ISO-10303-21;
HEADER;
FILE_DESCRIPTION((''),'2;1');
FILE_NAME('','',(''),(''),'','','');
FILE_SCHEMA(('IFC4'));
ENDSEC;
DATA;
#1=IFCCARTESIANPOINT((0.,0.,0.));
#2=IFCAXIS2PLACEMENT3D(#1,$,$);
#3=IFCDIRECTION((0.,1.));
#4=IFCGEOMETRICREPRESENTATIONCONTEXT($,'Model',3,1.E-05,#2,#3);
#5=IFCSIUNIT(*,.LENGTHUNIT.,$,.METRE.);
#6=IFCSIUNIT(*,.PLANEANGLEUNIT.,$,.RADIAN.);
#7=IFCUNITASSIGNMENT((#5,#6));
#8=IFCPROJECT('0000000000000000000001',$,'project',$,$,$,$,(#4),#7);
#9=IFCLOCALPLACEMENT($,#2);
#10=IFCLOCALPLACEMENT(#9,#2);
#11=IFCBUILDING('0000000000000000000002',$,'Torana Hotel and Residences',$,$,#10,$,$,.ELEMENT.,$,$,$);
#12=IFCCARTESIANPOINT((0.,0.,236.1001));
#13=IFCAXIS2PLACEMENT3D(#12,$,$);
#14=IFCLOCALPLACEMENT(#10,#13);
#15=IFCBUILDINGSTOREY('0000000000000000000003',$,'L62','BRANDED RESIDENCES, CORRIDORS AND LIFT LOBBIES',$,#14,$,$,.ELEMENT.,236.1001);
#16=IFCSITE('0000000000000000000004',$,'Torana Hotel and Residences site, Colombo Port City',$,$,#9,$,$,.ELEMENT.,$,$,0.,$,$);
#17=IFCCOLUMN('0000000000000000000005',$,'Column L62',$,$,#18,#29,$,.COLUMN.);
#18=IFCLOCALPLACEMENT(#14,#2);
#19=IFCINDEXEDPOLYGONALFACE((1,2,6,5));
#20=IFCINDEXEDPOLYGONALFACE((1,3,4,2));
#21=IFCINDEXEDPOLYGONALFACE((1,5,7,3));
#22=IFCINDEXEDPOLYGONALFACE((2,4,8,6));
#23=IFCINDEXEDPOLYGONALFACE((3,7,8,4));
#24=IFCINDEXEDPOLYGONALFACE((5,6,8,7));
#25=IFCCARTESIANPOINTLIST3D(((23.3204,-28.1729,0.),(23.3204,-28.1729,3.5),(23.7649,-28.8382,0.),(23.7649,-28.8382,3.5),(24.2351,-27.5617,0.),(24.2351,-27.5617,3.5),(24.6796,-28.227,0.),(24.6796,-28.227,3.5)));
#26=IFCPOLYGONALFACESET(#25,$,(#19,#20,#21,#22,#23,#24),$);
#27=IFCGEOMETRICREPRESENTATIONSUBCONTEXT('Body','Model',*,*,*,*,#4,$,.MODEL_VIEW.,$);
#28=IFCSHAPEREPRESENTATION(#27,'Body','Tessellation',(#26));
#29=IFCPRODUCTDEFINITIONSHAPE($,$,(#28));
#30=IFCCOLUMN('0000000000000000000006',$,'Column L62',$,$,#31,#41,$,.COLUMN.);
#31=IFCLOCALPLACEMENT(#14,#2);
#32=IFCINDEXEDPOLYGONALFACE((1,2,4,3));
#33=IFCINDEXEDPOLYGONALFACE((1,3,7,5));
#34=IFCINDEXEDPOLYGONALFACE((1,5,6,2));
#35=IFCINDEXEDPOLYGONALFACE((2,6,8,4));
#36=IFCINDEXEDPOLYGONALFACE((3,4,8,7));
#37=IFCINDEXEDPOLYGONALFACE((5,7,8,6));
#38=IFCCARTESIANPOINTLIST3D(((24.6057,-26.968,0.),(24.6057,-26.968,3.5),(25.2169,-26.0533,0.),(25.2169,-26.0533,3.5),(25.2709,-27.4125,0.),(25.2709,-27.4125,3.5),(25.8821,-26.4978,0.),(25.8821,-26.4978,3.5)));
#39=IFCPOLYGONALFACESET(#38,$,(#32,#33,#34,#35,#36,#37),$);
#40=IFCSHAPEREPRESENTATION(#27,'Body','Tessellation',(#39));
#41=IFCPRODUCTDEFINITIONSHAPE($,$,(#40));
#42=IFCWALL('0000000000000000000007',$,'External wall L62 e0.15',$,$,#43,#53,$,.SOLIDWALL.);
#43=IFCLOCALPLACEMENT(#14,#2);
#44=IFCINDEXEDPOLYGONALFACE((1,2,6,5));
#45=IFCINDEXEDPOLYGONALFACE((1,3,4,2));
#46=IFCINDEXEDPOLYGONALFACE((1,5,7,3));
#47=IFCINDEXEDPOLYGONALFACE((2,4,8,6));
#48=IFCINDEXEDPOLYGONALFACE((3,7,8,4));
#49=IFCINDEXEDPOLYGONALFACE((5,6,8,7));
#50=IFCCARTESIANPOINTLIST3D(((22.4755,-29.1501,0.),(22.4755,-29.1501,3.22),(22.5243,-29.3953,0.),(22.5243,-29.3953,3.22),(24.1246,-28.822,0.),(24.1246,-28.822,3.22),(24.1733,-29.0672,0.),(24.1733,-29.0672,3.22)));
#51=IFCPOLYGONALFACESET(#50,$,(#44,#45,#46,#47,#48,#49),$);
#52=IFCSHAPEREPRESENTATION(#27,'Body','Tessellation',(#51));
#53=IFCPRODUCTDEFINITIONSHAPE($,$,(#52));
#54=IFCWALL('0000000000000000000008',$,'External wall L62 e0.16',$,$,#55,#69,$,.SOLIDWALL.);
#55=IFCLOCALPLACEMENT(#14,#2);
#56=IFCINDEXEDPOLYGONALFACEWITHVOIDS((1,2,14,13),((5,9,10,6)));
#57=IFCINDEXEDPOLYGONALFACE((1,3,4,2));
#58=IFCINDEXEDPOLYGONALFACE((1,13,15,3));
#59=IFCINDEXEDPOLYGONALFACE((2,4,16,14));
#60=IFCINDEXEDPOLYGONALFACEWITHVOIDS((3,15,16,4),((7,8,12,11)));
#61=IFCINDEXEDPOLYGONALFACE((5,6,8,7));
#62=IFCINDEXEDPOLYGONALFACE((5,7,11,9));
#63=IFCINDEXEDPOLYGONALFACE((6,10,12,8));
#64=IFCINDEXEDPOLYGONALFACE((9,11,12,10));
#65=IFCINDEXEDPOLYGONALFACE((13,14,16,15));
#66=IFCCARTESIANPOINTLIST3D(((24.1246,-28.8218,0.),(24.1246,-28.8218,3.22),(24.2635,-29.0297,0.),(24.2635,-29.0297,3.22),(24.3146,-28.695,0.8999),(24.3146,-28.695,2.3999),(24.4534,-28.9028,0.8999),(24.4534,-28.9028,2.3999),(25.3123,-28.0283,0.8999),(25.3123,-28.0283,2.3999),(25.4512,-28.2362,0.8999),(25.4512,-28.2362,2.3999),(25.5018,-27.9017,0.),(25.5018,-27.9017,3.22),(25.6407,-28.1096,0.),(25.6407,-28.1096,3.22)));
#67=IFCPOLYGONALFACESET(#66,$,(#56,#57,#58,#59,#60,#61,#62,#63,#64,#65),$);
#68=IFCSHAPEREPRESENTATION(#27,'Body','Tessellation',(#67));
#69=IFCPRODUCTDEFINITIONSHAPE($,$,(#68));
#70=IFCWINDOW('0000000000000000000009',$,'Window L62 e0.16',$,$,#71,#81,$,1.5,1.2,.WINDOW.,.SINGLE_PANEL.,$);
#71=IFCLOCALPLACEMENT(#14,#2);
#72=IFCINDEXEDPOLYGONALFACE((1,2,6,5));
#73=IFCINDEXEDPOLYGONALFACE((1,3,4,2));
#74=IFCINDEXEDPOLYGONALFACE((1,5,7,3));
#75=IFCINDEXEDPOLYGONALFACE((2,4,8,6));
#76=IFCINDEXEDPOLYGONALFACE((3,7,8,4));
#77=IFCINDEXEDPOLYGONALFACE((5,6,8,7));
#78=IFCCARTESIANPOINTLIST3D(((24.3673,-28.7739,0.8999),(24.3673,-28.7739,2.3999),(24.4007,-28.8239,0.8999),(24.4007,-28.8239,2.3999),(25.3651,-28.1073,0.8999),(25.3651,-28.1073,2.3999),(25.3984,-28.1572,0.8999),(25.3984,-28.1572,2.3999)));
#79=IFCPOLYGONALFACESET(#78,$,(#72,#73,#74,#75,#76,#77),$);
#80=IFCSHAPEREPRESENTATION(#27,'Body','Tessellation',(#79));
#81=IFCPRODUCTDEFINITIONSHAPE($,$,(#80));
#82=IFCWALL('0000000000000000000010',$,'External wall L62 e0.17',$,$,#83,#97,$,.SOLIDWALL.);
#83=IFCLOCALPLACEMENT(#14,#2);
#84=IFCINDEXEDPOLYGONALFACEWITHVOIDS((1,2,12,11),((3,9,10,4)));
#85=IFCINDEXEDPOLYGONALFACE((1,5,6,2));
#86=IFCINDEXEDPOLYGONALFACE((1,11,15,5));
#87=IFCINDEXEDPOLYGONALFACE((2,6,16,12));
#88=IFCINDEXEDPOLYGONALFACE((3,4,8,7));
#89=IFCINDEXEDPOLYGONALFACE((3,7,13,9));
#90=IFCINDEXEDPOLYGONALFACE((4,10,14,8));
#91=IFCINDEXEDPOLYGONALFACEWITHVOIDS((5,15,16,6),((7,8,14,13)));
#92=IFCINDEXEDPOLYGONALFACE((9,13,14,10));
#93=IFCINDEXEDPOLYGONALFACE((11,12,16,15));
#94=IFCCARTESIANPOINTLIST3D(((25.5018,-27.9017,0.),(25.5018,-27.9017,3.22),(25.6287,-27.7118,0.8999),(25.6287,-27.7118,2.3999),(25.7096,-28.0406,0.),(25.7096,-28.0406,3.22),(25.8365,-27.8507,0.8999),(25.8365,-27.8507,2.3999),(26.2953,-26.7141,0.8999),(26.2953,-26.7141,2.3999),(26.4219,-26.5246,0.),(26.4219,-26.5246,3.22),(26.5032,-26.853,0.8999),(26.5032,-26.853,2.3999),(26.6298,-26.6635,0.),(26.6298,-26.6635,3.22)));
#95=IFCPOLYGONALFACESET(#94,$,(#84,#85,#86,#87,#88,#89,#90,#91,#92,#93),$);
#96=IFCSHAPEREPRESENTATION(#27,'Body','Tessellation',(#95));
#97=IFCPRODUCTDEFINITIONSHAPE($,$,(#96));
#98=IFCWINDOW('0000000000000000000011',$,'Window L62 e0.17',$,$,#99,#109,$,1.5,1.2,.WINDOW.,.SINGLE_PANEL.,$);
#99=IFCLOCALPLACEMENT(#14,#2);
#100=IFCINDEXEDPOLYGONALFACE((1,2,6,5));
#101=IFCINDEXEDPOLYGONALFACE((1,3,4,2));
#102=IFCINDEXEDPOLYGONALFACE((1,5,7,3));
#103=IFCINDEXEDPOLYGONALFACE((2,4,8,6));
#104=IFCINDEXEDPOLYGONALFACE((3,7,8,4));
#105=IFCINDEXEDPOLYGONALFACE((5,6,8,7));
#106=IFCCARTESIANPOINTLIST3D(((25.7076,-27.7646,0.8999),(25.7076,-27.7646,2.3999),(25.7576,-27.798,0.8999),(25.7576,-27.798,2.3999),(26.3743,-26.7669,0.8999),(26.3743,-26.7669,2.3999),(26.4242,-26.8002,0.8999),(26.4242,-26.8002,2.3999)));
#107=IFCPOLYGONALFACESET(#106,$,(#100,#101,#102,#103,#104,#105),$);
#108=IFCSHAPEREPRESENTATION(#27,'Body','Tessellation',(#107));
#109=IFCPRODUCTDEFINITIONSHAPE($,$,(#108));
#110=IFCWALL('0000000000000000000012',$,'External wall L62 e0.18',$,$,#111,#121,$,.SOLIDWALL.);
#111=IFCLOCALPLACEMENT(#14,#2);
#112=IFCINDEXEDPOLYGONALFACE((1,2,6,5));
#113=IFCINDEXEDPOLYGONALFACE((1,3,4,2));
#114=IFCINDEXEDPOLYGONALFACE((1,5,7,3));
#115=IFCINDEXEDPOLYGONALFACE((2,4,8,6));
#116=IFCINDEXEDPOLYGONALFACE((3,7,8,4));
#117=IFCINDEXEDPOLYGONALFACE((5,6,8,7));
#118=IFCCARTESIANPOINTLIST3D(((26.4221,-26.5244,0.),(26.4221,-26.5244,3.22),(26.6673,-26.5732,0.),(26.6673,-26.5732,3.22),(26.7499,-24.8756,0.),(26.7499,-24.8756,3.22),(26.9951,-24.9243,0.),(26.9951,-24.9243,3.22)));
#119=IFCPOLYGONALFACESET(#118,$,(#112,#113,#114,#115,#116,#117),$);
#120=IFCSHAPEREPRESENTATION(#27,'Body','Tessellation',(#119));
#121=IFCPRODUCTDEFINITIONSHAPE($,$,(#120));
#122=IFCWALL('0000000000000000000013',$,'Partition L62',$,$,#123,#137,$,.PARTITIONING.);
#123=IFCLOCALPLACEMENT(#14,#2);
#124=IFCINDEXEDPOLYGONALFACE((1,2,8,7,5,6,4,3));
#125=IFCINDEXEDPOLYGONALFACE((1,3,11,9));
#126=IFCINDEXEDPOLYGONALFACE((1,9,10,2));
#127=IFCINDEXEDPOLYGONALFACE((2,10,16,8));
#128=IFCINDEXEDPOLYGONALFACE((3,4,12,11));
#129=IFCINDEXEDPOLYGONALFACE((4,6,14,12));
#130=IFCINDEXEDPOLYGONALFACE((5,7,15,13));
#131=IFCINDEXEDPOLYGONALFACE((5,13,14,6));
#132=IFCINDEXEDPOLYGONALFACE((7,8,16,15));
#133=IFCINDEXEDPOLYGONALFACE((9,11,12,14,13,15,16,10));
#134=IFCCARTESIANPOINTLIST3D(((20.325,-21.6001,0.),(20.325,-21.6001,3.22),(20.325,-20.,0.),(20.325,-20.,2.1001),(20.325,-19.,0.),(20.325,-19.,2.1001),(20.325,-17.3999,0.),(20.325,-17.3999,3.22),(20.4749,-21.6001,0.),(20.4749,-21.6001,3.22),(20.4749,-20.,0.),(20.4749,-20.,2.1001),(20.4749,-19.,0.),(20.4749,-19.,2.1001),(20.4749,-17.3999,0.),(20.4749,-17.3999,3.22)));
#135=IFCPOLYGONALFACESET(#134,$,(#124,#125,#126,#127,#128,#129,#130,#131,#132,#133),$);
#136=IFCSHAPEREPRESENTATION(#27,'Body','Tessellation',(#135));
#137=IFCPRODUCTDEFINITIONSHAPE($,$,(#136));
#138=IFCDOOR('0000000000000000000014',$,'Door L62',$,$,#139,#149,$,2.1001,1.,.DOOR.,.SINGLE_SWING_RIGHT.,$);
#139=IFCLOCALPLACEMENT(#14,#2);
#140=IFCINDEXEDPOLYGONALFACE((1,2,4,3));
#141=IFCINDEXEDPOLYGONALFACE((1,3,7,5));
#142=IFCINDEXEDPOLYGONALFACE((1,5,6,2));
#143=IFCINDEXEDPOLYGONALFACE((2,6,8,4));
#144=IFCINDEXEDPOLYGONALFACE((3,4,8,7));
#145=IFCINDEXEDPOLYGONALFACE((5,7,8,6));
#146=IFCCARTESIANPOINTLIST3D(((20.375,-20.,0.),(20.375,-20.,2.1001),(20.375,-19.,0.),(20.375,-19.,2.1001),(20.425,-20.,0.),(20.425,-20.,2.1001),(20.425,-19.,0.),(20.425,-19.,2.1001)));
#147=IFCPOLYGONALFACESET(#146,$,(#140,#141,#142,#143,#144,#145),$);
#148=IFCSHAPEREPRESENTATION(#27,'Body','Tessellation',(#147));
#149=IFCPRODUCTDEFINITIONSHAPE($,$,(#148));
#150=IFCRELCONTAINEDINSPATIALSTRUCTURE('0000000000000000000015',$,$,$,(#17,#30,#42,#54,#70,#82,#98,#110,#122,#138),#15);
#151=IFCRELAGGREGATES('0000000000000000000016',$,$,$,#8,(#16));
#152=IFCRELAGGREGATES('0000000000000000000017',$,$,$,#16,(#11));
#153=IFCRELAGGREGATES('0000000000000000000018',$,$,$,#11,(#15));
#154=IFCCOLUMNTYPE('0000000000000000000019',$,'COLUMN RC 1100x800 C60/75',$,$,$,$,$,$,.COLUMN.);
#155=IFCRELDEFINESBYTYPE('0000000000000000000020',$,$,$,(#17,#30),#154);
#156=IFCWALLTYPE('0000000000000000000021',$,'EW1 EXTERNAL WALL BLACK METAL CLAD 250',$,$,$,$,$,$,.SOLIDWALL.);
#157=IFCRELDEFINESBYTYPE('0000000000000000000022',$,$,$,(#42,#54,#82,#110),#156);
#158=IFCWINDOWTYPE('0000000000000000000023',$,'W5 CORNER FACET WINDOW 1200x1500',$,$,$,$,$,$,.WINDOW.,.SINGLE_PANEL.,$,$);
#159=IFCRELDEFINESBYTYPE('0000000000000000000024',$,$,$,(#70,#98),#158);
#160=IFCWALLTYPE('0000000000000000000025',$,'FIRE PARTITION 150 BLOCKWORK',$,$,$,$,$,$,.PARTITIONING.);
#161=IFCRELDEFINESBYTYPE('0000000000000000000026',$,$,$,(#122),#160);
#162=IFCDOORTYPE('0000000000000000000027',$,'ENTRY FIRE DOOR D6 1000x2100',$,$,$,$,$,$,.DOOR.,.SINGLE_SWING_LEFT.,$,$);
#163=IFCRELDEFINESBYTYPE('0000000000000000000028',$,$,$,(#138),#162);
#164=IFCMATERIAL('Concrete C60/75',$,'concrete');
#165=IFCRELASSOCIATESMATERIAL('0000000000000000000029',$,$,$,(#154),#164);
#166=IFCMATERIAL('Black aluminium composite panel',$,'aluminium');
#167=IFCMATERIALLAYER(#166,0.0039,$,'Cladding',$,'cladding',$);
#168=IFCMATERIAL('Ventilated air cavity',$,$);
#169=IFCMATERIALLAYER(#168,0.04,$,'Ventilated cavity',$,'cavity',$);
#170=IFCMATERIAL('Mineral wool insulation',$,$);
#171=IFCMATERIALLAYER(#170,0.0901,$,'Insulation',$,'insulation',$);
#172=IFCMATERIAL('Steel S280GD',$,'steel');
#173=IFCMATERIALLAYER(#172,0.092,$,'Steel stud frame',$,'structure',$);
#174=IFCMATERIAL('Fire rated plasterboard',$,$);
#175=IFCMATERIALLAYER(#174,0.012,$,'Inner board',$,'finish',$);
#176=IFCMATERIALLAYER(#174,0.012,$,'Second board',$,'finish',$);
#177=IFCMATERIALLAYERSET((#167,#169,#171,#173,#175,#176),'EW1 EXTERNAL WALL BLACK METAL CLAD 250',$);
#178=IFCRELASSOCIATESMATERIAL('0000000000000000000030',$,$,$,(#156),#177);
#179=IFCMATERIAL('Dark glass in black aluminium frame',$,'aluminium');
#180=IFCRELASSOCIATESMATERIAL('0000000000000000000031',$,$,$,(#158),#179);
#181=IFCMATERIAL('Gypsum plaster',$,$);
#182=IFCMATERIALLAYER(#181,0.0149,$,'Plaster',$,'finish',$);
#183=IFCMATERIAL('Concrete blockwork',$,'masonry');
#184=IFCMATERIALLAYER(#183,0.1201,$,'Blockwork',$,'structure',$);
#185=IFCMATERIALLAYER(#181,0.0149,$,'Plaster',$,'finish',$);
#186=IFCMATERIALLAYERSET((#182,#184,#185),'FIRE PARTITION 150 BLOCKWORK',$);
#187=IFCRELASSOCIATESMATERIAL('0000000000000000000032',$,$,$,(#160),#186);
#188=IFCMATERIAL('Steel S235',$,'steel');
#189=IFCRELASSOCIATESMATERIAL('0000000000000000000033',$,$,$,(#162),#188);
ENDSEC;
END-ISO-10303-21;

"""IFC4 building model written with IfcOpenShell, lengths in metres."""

from ifc_helpers import new_model, si_unit, direction, frame, frame_2d, origin, origin_2d, place, context, subcontext, project, spatial, rectangle, extrude, material, layer, layer_set, material_profile, profile_set, type_object, element, fill, save


model = new_model("IFC4")

# Units and contexts
model_context = context("Model", 3, precision=1e-05, world=origin(), true_north=direction((0.0, 1.0)))
body_context = subcontext(model_context, "Body", "Model", "MODEL_VIEW")
ifc_project = project(units=[si_unit("LENGTHUNIT", "METRE"), si_unit("PLANEANGLEUNIT", "RADIAN")], contexts=[model_context])

# Site, building, storey
site_placement = place(None, origin())
site = spatial("IfcSite", under=ifc_project, at=site_placement, Name="Torana Hotel and Residences site, Colombo Port City", CompositionType="ELEMENT", RefElevation=0.0)
building_placement = place(site_placement, origin())
building = spatial("IfcBuilding", under=site, at=building_placement, Name="Torana Hotel and Residences", CompositionType="ELEMENT")
storey_placement = place(building_placement, frame((0.0, 0.0, 236.1001)))
storey = spatial("IfcBuildingStorey", under=building, at=storey_placement, Name="L62", Description="BRANDED RESIDENCES, CORRIDORS AND LIFT LOBBIES", CompositionType="ELEMENT", Elevation=236.1001)

# Columns
ifc_material_1 = material(Name="Concrete C60/75", Category="concrete")
ifc_material_profile = material_profile(ifc_material_1, rectangle(XDim=1.1001, YDim=0.8, at=origin_2d()), Name="RC 1100x800")
ifc_profile_set = profile_set([ifc_material_profile], Name="Concrete C60/75")
column_type = type_object("IfcColumnType", Name="COLUMN RC 1100x800 C60/75", PredefinedType="COLUMN", material=ifc_profile_set)
for number, where, z_axis, x_axis, name in (
    (1, (24.0, -28.2, 0.0), (0.0, 0.0, 1.0), (0.83146, 0.555585, 0.0), "Column L62"),
    (2, (25.2439, -26.7329, 0.0), (0.0, 0.0, 1.0), (0.555585, 0.83146, 0.0), "Column L62"),
):
    element("IfcColumn", number, at=place(storey_placement, frame(where, z_axis=z_axis, x_axis=x_axis)), inside=storey, type_object=column_type, Name=name, PredefinedType="COLUMN", context=body_context, shape_type="SweptSolid", body=[
        extrude(rectangle(XDim=1.1001, YDim=0.8, at=origin_2d()), origin(), (0.0, 0.0, 1.0), 3.5),
    ])

# Wall
ifc_material_2 = material(Name="Black aluminium composite panel", Category="aluminium")
ifc_layer_1 = layer(ifc_material_2, 0.0039, Name="Cladding", Category="cladding")
ifc_material_3 = material(Name="Ventilated air cavity")
ifc_layer_2 = layer(ifc_material_3, 0.04, Name="Ventilated cavity", Category="cavity")
ifc_material_4 = material(Name="Mineral wool insulation")
ifc_layer_3 = layer(ifc_material_4, 0.0901, Name="Insulation", Category="insulation")
ifc_material_5 = material(Name="Steel S280GD", Category="steel")
ifc_layer_4 = layer(ifc_material_5, 0.092, Name="Steel stud frame", Category="structure")
ifc_material_6 = material(Name="Fire rated plasterboard")
ifc_layer_5 = layer(ifc_material_6, 0.012, Name="Inner board", Category="finish")
ifc_layer_6 = layer(ifc_material_6, 0.012, Name="Second board", Category="finish")
ifc_layer_set_1 = layer_set([ifc_layer_1, ifc_layer_2, ifc_layer_3, ifc_layer_4, ifc_layer_5, ifc_layer_6], Name="EW1 EXTERNAL WALL BLACK METAL CLAD 250")
wall_type_1 = type_object("IfcWallType", Name="EW1 EXTERNAL WALL BLACK METAL CLAD 250", PredefinedType="SOLIDWALL", material=ifc_layer_set_1)
wall_1_placement = place(storey_placement, frame((22.4998, -29.2727, 0.0), z_axis=(0.0, 0.0, 1.0), x_axis=(0.980776, 0.195139, 0.0)))
element("IfcWall", 3, at=wall_1_placement, inside=storey, type_object=wall_type_1, Name="External wall L62 e0.15", PredefinedType="SOLIDWALL", context=body_context, shape_type="SweptSolid", body=[
    extrude(rectangle(XDim=1.6814, YDim=0.25, at=frame_2d((0.8408, 0.0))), origin(), (0.0, 0.0, 1.0), 3.22),
])

# Walls, openings, windows
wall_2_placement = place(storey_placement, frame((24.1941, -28.9258, 0.0), z_axis=(0.0, 0.0, 1.0), x_axis=(0.831483, 0.55555, 0.0)))
wall_2 = element("IfcWall", 4, at=wall_2_placement, inside=storey, type_object=wall_type_1, Name="External wall L62 e0.16", PredefinedType="SOLIDWALL", context=body_context, shape_type="SweptSolid", body=[
    extrude(rectangle(XDim=1.6562, YDim=0.25, at=frame_2d((0.8281, 0.0))), origin(), (0.0, 0.0, 1.0), 3.22),
])
opening_1_placement = place(wall_2_placement, frame((0.2283, 0.0, 0.8999)))
opening_1 = element("IfcOpeningElement", 5, at=opening_1_placement, cuts=wall_2, PredefinedType="OPENING", context=body_context, shape_type="SweptSolid", body=[
    extrude(rectangle(XDim=1.2, YDim=1.5, at=frame_2d((0.6001, 0.75))), frame((0.0, 0.135, 0.0), z_axis=(0.0, -1.0, 0.0), x_axis=(1.0, 0.0, 0.0)), (0.0, 0.0, 1.0), 0.27),
])
ifc_material_7 = material(Name="Dark glass in black aluminium frame", Category="aluminium")
window_type = type_object("IfcWindowType", Name="W5 CORNER FACET WINDOW 1200x1500", PartitioningType="SINGLE_PANEL", PredefinedType="WINDOW", material=ifc_material_7)
window_1_placement = place(opening_1_placement, origin())
window_1 = element("IfcWindow", 6, at=window_1_placement, inside=storey, type_object=window_type, Name="Window L62 e0.16", OverallHeight=1.5, OverallWidth=1.2, PartitioningType="SINGLE_PANEL", PredefinedType="WINDOW", context=body_context, shape_type="SweptSolid", body=[
    extrude(rectangle(XDim=1.2, YDim=1.5, at=frame_2d((0.6001, 0.75))), frame((0.0, 0.03, 0.0), z_axis=(0.0, -1.0, 0.0), x_axis=(1.0, 0.0, 0.0)), (0.0, 0.0, 1.0), 0.0601),
])
fill(opening_1, window_1)
wall_3_placement = place(storey_placement, frame((25.6057, -27.9712, 0.0), z_axis=(0.0, 0.0, 1.0), x_axis=(0.55555, 0.831483, 0.0)))
wall_3 = element("IfcWall", 7, at=wall_3_placement, inside=storey, type_object=wall_type_1, Name="External wall L62 e0.17", PredefinedType="SOLIDWALL", context=body_context, shape_type="SweptSolid", body=[
    extrude(rectangle(XDim=1.6562, YDim=0.25, at=frame_2d((0.8281, 0.0))), origin(), (0.0, 0.0, 1.0), 3.22),
])
opening_2_placement = place(wall_3_placement, frame((0.2283, 0.0, 0.8999)))
opening_2 = element("IfcOpeningElement", 8, at=opening_2_placement, cuts=wall_3, PredefinedType="OPENING", context=body_context, shape_type="SweptSolid", body=[
    extrude(rectangle(XDim=1.2, YDim=1.5, at=frame_2d((0.6001, 0.75))), frame((0.0, 0.135, 0.0), z_axis=(0.0, -1.0, 0.0), x_axis=(1.0, 0.0, 0.0)), (0.0, 0.0, 1.0), 0.27),
])
window_2_placement = place(opening_2_placement, origin())
window_2 = element("IfcWindow", 9, at=window_2_placement, inside=storey, type_object=window_type, Name="Window L62 e0.17", OverallHeight=1.5, OverallWidth=1.2, PartitioningType="SINGLE_PANEL", PredefinedType="WINDOW", context=body_context, shape_type="SweptSolid", body=[
    extrude(rectangle(XDim=1.2, YDim=1.5, at=frame_2d((0.6001, 0.75))), frame((0.0, 0.03, 0.0), z_axis=(0.0, -1.0, 0.0), x_axis=(1.0, 0.0, 0.0)), (0.0, 0.0, 1.0), 0.0601),
])
fill(opening_2, window_2)

# Wall
wall_4_placement = place(storey_placement, frame((26.5447, -26.5488, 0.0), z_axis=(0.0, 0.0, 1.0), x_axis=(0.195027, 0.980798, 0.0)))
element("IfcWall", 10, at=wall_4_placement, inside=storey, type_object=wall_type_1, Name="External wall L62 e0.18", PredefinedType="SOLIDWALL", context=body_context, shape_type="SweptSolid", body=[
    extrude(rectangle(XDim=1.6812, YDim=0.25, at=frame_2d((0.8406, 0.0))), origin(), (0.0, 0.0, 1.0), 3.22),
])

# Wall, opening, door
ifc_material_8 = material(Name="Gypsum plaster")
ifc_layer_7 = layer(ifc_material_8, 0.0149, Name="Plaster", Category="finish")
ifc_material_9 = material(Name="Concrete blockwork", Category="masonry")
ifc_layer_8 = layer(ifc_material_9, 0.1201, Name="Blockwork", Category="structure")
ifc_layer_9 = layer(ifc_material_8, 0.0149, Name="Plaster", Category="finish")
ifc_layer_set_2 = layer_set([ifc_layer_7, ifc_layer_8, ifc_layer_9], Name="FIRE PARTITION 150 BLOCKWORK")
wall_type_2 = type_object("IfcWallType", Name="FIRE PARTITION 150 BLOCKWORK", PredefinedType="PARTITIONING", material=ifc_layer_set_2)
wall_5_placement = place(storey_placement, frame((20.3999, -21.6001, 0.0), z_axis=(0.0, 0.0, 1.0), x_axis=(0.0, 1.0, 0.0)))
wall_5 = element("IfcWall", 11, at=wall_5_placement, inside=storey, type_object=wall_type_2, Name="Partition L62", PredefinedType="PARTITIONING", context=body_context, shape_type="SweptSolid", body=[
    extrude(rectangle(XDim=4.2002, YDim=0.1499, at=frame_2d((2.1001, 0.0))), origin(), (0.0, 0.0, 1.0), 3.22),
])
opening_3_placement = place(wall_5_placement, frame((1.6001, 0.0, 0.0)))
opening_3 = element("IfcOpeningElement", 12, at=opening_3_placement, cuts=wall_5, PredefinedType="OPENING", context=body_context, shape_type="SweptSolid", body=[
    extrude(rectangle(XDim=1.0, YDim=2.1001, at=frame_2d((0.5, 1.05))), frame((0.0, 0.085, 0.0), z_axis=(0.0, -1.0, 0.0), x_axis=(1.0, 0.0, 0.0)), (0.0, 0.0, 1.0), 0.1699),
])
ifc_material_10 = material(Name="Steel S235", Category="steel")
door_type_1 = type_object("IfcDoorType", Name="ENTRY FIRE DOOR D6 1000x2100", OperationType="SINGLE_SWING_LEFT", PredefinedType="DOOR", material=ifc_material_10)
door_1_placement = place(opening_3_placement, origin())
door_1 = element("IfcDoor", 13, at=door_1_placement, inside=storey, type_object=door_type_1, Name="Door L62", OperationType="SINGLE_SWING_RIGHT", OverallHeight=2.1001, OverallWidth=1.0, PredefinedType="DOOR", context=body_context, shape_type="SweptSolid", body=[
    extrude(rectangle(XDim=1.0, YDim=2.1001, at=frame_2d((0.5, 1.05))), frame((0.0, 0.0249, 0.0), z_axis=(0.0, -1.0, 0.0), x_axis=(1.0, 0.0, 0.0)), (0.0, 0.0, 1.0), 0.05),
])
fill(opening_3, door_1)

save(model, "model.ifc")
